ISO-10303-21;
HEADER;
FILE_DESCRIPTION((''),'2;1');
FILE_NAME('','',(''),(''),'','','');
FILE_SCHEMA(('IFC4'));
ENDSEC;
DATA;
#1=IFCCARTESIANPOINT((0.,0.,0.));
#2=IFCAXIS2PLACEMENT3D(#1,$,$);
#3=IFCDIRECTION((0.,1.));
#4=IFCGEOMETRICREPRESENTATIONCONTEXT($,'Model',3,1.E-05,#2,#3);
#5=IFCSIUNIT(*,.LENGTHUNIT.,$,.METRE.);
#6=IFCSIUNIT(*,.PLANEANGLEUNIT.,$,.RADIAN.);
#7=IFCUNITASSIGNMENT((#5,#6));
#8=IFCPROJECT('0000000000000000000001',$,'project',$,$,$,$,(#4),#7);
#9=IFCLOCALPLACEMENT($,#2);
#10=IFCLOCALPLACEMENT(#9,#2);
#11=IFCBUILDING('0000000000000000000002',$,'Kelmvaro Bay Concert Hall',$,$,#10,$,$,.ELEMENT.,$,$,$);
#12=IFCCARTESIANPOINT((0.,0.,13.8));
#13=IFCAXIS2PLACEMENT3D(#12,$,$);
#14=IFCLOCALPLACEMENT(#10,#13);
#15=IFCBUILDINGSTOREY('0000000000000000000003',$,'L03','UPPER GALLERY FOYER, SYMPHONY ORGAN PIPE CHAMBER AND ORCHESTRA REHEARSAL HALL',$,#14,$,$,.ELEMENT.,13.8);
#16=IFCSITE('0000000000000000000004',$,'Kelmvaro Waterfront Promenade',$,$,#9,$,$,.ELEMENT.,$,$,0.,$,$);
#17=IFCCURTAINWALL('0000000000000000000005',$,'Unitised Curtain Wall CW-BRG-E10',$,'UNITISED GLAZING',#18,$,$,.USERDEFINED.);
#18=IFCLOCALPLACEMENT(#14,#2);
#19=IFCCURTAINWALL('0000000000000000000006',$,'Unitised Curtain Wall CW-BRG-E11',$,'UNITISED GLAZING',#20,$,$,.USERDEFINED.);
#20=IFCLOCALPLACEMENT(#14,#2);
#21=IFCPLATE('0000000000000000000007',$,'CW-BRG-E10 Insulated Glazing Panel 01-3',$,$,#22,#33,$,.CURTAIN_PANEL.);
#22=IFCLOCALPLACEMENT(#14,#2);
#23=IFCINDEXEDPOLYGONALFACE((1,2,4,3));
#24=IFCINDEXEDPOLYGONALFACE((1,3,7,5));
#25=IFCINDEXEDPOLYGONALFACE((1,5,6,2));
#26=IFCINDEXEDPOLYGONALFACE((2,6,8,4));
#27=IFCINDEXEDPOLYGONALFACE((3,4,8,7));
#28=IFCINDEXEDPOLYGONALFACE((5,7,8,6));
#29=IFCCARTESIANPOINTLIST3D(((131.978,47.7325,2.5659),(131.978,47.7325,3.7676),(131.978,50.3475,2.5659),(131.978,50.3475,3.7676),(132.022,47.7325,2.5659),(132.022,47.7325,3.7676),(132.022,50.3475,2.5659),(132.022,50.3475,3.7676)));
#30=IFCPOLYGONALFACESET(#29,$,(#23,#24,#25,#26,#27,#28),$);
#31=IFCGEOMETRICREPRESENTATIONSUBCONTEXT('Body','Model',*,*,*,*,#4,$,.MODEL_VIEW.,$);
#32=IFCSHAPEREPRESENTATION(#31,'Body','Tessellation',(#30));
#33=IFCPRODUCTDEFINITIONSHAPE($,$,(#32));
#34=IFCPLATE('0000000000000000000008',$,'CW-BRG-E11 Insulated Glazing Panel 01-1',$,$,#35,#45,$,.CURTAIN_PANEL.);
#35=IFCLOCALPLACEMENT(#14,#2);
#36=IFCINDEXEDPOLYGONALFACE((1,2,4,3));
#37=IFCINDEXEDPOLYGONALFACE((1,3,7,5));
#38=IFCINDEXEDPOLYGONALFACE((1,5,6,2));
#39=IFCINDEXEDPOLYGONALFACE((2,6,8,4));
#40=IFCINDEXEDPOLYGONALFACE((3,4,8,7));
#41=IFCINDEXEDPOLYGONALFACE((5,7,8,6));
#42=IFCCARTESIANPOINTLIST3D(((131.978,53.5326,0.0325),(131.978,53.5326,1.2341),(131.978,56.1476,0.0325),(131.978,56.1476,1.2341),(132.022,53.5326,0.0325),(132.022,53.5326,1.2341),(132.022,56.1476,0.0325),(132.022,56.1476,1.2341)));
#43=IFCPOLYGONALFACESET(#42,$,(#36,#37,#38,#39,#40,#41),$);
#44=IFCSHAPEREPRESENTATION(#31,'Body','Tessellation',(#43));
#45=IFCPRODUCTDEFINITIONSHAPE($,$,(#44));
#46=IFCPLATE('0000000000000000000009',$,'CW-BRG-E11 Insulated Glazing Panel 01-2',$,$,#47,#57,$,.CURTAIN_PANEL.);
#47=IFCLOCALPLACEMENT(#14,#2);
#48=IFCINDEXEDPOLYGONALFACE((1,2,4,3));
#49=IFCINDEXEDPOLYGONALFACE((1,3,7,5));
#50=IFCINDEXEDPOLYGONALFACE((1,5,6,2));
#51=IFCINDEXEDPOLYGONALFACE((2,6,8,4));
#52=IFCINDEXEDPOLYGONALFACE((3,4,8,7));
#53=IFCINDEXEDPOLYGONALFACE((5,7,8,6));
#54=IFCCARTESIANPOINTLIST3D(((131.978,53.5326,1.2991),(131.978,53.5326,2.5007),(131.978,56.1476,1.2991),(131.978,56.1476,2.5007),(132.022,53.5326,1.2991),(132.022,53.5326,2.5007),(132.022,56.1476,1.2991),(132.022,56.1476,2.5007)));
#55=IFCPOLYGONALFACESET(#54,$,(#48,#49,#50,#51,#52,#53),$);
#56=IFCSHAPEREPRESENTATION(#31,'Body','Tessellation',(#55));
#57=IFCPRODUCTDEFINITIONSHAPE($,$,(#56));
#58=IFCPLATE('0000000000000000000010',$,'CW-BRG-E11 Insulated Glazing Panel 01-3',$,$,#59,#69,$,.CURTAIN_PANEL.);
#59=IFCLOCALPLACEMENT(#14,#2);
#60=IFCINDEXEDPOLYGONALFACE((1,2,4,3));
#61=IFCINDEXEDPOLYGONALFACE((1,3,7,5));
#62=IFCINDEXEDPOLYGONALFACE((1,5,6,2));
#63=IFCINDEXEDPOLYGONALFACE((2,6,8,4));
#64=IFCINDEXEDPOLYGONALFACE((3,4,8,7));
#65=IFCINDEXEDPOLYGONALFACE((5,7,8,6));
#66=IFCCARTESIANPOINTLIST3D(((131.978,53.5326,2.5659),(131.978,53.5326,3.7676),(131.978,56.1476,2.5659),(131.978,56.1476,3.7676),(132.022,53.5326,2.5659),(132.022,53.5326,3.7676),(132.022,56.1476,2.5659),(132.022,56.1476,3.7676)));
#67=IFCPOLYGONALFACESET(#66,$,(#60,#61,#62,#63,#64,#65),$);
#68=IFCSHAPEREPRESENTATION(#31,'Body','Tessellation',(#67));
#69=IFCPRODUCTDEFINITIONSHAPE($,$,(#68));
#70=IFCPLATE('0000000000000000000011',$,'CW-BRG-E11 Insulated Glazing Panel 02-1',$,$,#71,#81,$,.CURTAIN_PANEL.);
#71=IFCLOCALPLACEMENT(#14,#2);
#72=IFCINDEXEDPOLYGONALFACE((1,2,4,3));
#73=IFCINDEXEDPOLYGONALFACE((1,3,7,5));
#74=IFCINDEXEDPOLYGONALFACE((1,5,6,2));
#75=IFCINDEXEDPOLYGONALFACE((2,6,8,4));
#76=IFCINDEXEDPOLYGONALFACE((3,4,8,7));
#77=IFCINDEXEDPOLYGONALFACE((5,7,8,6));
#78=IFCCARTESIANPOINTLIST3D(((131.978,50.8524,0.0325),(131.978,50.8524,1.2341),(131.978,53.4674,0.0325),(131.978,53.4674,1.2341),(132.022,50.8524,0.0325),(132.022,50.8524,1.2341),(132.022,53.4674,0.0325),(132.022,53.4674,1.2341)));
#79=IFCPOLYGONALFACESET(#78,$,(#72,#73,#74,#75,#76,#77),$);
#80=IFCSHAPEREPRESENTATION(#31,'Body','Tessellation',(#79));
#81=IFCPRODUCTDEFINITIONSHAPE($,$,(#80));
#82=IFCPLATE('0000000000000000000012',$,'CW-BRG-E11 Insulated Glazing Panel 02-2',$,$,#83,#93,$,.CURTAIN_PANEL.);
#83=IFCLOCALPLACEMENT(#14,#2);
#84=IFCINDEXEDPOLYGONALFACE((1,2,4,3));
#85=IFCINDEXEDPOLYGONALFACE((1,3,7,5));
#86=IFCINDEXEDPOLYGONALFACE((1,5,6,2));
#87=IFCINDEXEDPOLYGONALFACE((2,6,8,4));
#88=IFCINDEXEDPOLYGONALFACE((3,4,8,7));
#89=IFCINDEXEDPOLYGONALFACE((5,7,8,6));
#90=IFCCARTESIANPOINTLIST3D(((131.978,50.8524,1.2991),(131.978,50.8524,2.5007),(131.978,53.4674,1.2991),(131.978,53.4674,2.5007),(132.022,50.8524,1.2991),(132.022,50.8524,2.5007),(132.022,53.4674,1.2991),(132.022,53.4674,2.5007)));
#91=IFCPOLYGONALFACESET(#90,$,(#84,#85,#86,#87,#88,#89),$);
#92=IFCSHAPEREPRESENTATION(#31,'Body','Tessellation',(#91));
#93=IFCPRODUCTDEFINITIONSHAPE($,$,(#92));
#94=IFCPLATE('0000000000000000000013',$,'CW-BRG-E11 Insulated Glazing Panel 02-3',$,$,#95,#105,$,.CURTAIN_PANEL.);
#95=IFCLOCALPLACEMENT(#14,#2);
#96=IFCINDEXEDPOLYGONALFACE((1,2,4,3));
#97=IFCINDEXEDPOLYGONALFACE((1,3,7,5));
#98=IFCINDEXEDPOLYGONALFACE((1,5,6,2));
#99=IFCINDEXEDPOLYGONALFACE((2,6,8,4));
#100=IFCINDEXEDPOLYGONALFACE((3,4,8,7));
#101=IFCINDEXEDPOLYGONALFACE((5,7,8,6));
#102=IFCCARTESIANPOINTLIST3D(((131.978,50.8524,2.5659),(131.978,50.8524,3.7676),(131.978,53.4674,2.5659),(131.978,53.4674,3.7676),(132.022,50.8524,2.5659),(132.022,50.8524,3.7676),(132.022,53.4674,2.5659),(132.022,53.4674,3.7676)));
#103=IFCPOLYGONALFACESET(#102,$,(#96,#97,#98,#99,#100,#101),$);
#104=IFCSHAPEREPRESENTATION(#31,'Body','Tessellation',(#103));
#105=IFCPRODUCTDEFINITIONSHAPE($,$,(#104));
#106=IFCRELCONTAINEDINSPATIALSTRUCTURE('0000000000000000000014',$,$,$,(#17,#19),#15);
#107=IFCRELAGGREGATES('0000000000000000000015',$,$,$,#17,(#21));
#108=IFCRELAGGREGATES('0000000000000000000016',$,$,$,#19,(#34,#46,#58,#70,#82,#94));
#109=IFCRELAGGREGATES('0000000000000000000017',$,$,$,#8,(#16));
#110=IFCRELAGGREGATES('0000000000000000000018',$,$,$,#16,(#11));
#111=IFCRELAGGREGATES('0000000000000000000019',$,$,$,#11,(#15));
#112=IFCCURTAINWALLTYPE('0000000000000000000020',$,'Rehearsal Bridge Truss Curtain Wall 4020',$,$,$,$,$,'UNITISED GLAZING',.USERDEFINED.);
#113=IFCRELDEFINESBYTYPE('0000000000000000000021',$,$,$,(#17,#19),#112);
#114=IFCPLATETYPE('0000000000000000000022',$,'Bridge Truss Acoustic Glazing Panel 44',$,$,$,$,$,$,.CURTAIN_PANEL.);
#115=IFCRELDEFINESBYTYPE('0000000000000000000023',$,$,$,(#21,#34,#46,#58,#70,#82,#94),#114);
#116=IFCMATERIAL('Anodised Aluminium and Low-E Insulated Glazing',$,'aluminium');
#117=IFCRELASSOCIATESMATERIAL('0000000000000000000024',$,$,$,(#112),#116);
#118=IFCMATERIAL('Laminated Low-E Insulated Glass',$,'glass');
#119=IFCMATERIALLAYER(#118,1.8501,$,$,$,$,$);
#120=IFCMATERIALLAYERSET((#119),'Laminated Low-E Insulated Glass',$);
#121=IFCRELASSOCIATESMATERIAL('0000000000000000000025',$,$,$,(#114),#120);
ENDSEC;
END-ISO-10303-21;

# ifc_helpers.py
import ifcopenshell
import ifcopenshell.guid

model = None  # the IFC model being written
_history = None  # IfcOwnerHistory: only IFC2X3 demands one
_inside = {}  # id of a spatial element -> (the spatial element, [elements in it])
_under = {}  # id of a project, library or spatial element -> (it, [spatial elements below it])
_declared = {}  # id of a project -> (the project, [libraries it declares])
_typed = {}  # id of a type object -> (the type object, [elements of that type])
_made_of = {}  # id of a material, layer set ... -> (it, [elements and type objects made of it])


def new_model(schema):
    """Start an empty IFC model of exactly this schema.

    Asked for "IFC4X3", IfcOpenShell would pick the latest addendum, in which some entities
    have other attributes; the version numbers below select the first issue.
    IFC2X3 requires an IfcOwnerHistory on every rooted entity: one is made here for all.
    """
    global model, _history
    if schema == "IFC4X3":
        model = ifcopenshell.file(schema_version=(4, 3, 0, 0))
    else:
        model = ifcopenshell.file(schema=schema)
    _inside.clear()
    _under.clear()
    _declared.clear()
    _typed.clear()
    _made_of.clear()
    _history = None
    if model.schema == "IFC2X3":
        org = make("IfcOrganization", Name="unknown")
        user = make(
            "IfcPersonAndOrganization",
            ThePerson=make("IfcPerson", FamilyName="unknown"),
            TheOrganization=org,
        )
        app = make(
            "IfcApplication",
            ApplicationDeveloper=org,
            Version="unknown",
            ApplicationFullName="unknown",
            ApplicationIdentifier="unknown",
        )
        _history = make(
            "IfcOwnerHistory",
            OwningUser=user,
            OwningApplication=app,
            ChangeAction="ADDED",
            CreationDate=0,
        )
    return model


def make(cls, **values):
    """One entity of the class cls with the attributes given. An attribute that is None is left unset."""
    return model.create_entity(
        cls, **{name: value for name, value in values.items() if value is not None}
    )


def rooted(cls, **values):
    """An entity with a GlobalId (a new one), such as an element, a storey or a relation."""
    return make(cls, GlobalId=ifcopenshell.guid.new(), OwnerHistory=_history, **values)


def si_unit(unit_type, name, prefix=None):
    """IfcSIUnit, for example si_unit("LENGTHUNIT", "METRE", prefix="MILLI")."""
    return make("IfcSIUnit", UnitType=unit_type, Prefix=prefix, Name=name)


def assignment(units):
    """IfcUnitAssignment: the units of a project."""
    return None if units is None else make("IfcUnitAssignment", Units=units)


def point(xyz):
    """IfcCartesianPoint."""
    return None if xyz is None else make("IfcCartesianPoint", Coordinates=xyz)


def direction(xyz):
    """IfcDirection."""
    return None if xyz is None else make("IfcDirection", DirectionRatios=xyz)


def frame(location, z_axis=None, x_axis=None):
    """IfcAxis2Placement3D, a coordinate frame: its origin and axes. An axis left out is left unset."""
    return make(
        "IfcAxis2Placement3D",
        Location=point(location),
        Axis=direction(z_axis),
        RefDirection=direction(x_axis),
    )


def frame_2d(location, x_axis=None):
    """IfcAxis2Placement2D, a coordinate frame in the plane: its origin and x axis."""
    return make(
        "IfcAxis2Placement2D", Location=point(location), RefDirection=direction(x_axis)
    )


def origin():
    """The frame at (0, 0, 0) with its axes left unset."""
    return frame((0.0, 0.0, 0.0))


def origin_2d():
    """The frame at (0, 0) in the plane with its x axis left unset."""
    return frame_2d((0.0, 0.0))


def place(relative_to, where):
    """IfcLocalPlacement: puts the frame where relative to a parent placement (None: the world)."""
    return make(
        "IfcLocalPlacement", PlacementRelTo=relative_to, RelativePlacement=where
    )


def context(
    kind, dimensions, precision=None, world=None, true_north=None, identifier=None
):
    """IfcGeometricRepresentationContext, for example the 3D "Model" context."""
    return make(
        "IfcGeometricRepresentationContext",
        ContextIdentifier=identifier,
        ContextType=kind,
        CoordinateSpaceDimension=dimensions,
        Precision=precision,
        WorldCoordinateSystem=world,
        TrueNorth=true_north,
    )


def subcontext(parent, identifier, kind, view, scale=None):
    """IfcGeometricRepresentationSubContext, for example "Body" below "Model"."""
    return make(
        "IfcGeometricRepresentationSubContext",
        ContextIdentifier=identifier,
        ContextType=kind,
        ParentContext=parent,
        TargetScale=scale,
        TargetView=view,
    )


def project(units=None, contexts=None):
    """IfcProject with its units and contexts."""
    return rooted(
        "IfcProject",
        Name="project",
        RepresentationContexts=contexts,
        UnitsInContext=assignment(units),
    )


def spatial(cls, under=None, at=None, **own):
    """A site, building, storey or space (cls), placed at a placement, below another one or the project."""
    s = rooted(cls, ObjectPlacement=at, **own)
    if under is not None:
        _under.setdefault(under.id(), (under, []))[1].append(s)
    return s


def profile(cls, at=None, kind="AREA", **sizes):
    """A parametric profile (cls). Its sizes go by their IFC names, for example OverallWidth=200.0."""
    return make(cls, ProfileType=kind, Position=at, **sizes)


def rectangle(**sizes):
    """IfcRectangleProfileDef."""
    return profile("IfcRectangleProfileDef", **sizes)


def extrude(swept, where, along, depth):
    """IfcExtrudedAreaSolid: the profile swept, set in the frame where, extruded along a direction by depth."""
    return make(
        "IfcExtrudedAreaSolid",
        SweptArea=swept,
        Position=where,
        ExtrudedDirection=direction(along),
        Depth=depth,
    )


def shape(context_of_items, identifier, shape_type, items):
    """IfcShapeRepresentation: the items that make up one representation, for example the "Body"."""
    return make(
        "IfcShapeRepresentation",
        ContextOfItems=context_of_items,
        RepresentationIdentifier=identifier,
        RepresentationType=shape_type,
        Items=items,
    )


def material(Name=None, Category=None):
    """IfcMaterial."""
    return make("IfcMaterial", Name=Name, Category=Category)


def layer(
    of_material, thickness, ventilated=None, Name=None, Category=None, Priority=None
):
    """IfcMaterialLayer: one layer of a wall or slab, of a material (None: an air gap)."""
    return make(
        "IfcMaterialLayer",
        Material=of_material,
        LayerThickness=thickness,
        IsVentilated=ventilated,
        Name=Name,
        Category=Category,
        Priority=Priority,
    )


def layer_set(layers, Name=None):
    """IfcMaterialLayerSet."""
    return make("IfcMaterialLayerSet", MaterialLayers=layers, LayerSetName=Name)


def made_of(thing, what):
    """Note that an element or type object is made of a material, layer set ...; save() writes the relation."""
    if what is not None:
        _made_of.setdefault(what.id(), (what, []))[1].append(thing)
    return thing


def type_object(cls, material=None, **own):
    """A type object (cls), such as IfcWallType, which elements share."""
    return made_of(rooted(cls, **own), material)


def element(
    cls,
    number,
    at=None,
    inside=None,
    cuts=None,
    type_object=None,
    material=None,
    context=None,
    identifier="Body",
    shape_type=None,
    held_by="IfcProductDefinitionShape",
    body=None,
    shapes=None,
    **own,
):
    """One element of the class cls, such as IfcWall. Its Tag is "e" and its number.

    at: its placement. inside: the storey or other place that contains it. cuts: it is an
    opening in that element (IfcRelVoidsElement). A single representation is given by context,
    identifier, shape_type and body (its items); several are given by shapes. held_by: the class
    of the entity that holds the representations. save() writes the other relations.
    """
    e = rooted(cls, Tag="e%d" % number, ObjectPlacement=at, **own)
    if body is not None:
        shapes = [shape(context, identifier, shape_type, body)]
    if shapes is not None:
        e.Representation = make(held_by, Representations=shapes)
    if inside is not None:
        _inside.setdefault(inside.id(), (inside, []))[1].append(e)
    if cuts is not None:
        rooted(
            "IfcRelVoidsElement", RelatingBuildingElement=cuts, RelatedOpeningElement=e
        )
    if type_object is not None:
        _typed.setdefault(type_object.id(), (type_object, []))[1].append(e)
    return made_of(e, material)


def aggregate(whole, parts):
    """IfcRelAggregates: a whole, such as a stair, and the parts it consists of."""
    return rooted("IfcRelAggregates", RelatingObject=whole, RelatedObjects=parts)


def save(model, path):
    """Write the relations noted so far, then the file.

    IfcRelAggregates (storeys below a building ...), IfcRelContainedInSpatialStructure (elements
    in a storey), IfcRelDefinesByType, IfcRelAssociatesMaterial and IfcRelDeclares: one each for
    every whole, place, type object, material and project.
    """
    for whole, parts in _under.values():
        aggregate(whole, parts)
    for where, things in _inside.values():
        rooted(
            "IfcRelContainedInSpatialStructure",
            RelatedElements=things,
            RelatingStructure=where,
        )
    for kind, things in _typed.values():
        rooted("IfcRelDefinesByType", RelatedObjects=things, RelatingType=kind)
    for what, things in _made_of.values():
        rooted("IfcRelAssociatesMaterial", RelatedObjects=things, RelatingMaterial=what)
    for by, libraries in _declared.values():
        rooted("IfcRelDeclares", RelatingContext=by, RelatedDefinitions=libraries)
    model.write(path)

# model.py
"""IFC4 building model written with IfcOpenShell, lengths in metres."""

from ifc_helpers import new_model, si_unit, direction, frame, origin, origin_2d, place, context, subcontext, project, spatial, rectangle, extrude, material, layer, layer_set, type_object, element, aggregate, save


model = new_model("IFC4")

# Units and contexts
model_context = context("Model", 3, precision=1e-05, world=origin(), true_north=direction((0.0, 1.0)))
body_context = subcontext(model_context, "Body", "Model", "MODEL_VIEW")
ifc_project = project(units=[si_unit("LENGTHUNIT", "METRE"), si_unit("PLANEANGLEUNIT", "RADIAN")], contexts=[model_context])

# Site, building, storey
site_placement = place(None, origin())
site = spatial("IfcSite", under=ifc_project, at=site_placement, Name="Kelmvaro Waterfront Promenade", CompositionType="ELEMENT", RefElevation=0.0)
building_placement = place(site_placement, origin())
building = spatial("IfcBuilding", under=site, at=building_placement, Name="Kelmvaro Bay Concert Hall", CompositionType="ELEMENT")
storey_placement = place(building_placement, frame((0.0, 0.0, 13.8)))
storey = spatial("IfcBuildingStorey", under=building, at=storey_placement, Name="L03", Description="UPPER GALLERY FOYER, SYMPHONY ORGAN PIPE CHAMBER AND ORCHESTRA REHEARSAL HALL", CompositionType="ELEMENT", Elevation=13.8)

# Curtain wall
ifc_material_1 = material(Name="Anodised Aluminium and Low-E Insulated Glazing", Category="aluminium")
curtain_wall_type = type_object("IfcCurtainWallType", Name="Rehearsal Bridge Truss Curtain Wall 4020", ElementType="UNITISED GLAZING", PredefinedType="USERDEFINED", material=ifc_material_1)
curtain_wall_1_placement = place(storey_placement, origin())
curtain_wall_1 = element("IfcCurtainWall", 1, at=curtain_wall_1_placement, inside=storey, type_object=curtain_wall_type, Name="Unitised Curtain Wall CW-BRG-E10", ObjectType="UNITISED GLAZING", PredefinedType="USERDEFINED")

# Curtain wall
curtain_wall_2_placement = place(storey_placement, origin())
curtain_wall_2 = element("IfcCurtainWall", 2, at=curtain_wall_2_placement, inside=storey, type_object=curtain_wall_type, Name="Unitised Curtain Wall CW-BRG-E11", ObjectType="UNITISED GLAZING", PredefinedType="USERDEFINED")

# Plates
ifc_material_2 = material(Name="Laminated Low-E Insulated Glass", Category="glass")
ifc_layer_1 = layer(ifc_material_2, 1.8501)
ifc_layer_set_1 = layer_set([ifc_layer_1], Name="Laminated Low-E Insulated Glass")
plate_type_1 = type_object("IfcPlateType", Name="Bridge Truss Acoustic Glazing Panel 44", PredefinedType="CURTAIN_PANEL", material=ifc_layer_set_1)
plate_1_placement = place(storey_placement, frame((132.0, 49.04, 2.5659), z_axis=(0.0, 0.0, 1.0), x_axis=(0.0, -1.0, 0.0)))
plate_1 = element("IfcPlate", 3, at=plate_1_placement, type_object=plate_type_1, Name="CW-BRG-E10 Insulated Glazing Panel 01-3", PredefinedType="CURTAIN_PANEL", context=body_context, shape_type="SweptSolid", body=[
    extrude(rectangle(XDim=2.615, YDim=0.0439, at=origin_2d()), origin(), (0.0, 0.0, 1.0), 1.2017),
])
aggregate(curtain_wall_1, [plate_1])
plate_2_placement = place(storey_placement, frame((132.0, 54.8401, 0.0325), z_axis=(0.0, 0.0, 1.0), x_axis=(0.0, -1.0, 0.0)))
plate_2 = element("IfcPlate", 4, at=plate_2_placement, type_object=plate_type_1, Name="CW-BRG-E11 Insulated Glazing Panel 01-1", PredefinedType="CURTAIN_PANEL", context=body_context, shape_type="SweptSolid", body=[
    extrude(rectangle(XDim=2.615, YDim=0.0439, at=origin_2d()), origin(), (0.0, 0.0, 1.0), 1.2017),
])
plate_3_placement = place(storey_placement, frame((132.0, 54.8401, 1.2991), z_axis=(0.0, 0.0, 1.0), x_axis=(0.0, -1.0, 0.0)))
plate_3 = element("IfcPlate", 5, at=plate_3_placement, type_object=plate_type_1, Name="CW-BRG-E11 Insulated Glazing Panel 01-2", PredefinedType="CURTAIN_PANEL", context=body_context, shape_type="SweptSolid", body=[
    extrude(rectangle(XDim=2.615, YDim=0.0439, at=origin_2d()), origin(), (0.0, 0.0, 1.0), 1.2017),
])
plate_4_placement = place(storey_placement, frame((132.0, 54.8401, 2.5659), z_axis=(0.0, 0.0, 1.0), x_axis=(0.0, -1.0, 0.0)))
plate_4 = element("IfcPlate", 6, at=plate_4_placement, type_object=plate_type_1, Name="CW-BRG-E11 Insulated Glazing Panel 01-3", PredefinedType="CURTAIN_PANEL", context=body_context, shape_type="SweptSolid", body=[
    extrude(rectangle(XDim=2.615, YDim=0.0439, at=origin_2d()), origin(), (0.0, 0.0, 1.0), 1.2017),
])
plate_5_placement = place(storey_placement, frame((132.0, 52.1599, 0.0325), z_axis=(0.0, 0.0, 1.0), x_axis=(0.0, -1.0, 0.0)))
plate_5 = element("IfcPlate", 7, at=plate_5_placement, type_object=plate_type_1, Name="CW-BRG-E11 Insulated Glazing Panel 02-1", PredefinedType="CURTAIN_PANEL", context=body_context, shape_type="SweptSolid", body=[
    extrude(rectangle(XDim=2.615, YDim=0.0439, at=origin_2d()), origin(), (0.0, 0.0, 1.0), 1.2017),
])
plate_6_placement = place(storey_placement, frame((132.0, 52.1599, 1.2991), z_axis=(0.0, 0.0, 1.0), x_axis=(0.0, -1.0, 0.0)))
plate_6 = element("IfcPlate", 8, at=plate_6_placement, type_object=plate_type_1, Name="CW-BRG-E11 Insulated Glazing Panel 02-2", PredefinedType="CURTAIN_PANEL", context=body_context, shape_type="SweptSolid", body=[
    extrude(rectangle(XDim=2.615, YDim=0.0439, at=origin_2d()), origin(), (0.0, 0.0, 1.0), 1.2017),
])
plate_7_placement = place(storey_placement, frame((132.0, 52.1599, 2.5659), z_axis=(0.0, 0.0, 1.0), x_axis=(0.0, -1.0, 0.0)))
plate_7 = element("IfcPlate", 9, at=plate_7_placement, type_object=plate_type_1, Name="CW-BRG-E11 Insulated Glazing Panel 02-3", PredefinedType="CURTAIN_PANEL", context=body_context, shape_type="SweptSolid", body=[
    extrude(rectangle(XDim=2.615, YDim=0.0439, at=origin_2d()), origin(), (0.0, 0.0, 1.0), 1.2017),
])
aggregate(curtain_wall_2, [plate_2, plate_3, plate_4, plate_5, plate_6, plate_7])

save(model, "model.ifc")
